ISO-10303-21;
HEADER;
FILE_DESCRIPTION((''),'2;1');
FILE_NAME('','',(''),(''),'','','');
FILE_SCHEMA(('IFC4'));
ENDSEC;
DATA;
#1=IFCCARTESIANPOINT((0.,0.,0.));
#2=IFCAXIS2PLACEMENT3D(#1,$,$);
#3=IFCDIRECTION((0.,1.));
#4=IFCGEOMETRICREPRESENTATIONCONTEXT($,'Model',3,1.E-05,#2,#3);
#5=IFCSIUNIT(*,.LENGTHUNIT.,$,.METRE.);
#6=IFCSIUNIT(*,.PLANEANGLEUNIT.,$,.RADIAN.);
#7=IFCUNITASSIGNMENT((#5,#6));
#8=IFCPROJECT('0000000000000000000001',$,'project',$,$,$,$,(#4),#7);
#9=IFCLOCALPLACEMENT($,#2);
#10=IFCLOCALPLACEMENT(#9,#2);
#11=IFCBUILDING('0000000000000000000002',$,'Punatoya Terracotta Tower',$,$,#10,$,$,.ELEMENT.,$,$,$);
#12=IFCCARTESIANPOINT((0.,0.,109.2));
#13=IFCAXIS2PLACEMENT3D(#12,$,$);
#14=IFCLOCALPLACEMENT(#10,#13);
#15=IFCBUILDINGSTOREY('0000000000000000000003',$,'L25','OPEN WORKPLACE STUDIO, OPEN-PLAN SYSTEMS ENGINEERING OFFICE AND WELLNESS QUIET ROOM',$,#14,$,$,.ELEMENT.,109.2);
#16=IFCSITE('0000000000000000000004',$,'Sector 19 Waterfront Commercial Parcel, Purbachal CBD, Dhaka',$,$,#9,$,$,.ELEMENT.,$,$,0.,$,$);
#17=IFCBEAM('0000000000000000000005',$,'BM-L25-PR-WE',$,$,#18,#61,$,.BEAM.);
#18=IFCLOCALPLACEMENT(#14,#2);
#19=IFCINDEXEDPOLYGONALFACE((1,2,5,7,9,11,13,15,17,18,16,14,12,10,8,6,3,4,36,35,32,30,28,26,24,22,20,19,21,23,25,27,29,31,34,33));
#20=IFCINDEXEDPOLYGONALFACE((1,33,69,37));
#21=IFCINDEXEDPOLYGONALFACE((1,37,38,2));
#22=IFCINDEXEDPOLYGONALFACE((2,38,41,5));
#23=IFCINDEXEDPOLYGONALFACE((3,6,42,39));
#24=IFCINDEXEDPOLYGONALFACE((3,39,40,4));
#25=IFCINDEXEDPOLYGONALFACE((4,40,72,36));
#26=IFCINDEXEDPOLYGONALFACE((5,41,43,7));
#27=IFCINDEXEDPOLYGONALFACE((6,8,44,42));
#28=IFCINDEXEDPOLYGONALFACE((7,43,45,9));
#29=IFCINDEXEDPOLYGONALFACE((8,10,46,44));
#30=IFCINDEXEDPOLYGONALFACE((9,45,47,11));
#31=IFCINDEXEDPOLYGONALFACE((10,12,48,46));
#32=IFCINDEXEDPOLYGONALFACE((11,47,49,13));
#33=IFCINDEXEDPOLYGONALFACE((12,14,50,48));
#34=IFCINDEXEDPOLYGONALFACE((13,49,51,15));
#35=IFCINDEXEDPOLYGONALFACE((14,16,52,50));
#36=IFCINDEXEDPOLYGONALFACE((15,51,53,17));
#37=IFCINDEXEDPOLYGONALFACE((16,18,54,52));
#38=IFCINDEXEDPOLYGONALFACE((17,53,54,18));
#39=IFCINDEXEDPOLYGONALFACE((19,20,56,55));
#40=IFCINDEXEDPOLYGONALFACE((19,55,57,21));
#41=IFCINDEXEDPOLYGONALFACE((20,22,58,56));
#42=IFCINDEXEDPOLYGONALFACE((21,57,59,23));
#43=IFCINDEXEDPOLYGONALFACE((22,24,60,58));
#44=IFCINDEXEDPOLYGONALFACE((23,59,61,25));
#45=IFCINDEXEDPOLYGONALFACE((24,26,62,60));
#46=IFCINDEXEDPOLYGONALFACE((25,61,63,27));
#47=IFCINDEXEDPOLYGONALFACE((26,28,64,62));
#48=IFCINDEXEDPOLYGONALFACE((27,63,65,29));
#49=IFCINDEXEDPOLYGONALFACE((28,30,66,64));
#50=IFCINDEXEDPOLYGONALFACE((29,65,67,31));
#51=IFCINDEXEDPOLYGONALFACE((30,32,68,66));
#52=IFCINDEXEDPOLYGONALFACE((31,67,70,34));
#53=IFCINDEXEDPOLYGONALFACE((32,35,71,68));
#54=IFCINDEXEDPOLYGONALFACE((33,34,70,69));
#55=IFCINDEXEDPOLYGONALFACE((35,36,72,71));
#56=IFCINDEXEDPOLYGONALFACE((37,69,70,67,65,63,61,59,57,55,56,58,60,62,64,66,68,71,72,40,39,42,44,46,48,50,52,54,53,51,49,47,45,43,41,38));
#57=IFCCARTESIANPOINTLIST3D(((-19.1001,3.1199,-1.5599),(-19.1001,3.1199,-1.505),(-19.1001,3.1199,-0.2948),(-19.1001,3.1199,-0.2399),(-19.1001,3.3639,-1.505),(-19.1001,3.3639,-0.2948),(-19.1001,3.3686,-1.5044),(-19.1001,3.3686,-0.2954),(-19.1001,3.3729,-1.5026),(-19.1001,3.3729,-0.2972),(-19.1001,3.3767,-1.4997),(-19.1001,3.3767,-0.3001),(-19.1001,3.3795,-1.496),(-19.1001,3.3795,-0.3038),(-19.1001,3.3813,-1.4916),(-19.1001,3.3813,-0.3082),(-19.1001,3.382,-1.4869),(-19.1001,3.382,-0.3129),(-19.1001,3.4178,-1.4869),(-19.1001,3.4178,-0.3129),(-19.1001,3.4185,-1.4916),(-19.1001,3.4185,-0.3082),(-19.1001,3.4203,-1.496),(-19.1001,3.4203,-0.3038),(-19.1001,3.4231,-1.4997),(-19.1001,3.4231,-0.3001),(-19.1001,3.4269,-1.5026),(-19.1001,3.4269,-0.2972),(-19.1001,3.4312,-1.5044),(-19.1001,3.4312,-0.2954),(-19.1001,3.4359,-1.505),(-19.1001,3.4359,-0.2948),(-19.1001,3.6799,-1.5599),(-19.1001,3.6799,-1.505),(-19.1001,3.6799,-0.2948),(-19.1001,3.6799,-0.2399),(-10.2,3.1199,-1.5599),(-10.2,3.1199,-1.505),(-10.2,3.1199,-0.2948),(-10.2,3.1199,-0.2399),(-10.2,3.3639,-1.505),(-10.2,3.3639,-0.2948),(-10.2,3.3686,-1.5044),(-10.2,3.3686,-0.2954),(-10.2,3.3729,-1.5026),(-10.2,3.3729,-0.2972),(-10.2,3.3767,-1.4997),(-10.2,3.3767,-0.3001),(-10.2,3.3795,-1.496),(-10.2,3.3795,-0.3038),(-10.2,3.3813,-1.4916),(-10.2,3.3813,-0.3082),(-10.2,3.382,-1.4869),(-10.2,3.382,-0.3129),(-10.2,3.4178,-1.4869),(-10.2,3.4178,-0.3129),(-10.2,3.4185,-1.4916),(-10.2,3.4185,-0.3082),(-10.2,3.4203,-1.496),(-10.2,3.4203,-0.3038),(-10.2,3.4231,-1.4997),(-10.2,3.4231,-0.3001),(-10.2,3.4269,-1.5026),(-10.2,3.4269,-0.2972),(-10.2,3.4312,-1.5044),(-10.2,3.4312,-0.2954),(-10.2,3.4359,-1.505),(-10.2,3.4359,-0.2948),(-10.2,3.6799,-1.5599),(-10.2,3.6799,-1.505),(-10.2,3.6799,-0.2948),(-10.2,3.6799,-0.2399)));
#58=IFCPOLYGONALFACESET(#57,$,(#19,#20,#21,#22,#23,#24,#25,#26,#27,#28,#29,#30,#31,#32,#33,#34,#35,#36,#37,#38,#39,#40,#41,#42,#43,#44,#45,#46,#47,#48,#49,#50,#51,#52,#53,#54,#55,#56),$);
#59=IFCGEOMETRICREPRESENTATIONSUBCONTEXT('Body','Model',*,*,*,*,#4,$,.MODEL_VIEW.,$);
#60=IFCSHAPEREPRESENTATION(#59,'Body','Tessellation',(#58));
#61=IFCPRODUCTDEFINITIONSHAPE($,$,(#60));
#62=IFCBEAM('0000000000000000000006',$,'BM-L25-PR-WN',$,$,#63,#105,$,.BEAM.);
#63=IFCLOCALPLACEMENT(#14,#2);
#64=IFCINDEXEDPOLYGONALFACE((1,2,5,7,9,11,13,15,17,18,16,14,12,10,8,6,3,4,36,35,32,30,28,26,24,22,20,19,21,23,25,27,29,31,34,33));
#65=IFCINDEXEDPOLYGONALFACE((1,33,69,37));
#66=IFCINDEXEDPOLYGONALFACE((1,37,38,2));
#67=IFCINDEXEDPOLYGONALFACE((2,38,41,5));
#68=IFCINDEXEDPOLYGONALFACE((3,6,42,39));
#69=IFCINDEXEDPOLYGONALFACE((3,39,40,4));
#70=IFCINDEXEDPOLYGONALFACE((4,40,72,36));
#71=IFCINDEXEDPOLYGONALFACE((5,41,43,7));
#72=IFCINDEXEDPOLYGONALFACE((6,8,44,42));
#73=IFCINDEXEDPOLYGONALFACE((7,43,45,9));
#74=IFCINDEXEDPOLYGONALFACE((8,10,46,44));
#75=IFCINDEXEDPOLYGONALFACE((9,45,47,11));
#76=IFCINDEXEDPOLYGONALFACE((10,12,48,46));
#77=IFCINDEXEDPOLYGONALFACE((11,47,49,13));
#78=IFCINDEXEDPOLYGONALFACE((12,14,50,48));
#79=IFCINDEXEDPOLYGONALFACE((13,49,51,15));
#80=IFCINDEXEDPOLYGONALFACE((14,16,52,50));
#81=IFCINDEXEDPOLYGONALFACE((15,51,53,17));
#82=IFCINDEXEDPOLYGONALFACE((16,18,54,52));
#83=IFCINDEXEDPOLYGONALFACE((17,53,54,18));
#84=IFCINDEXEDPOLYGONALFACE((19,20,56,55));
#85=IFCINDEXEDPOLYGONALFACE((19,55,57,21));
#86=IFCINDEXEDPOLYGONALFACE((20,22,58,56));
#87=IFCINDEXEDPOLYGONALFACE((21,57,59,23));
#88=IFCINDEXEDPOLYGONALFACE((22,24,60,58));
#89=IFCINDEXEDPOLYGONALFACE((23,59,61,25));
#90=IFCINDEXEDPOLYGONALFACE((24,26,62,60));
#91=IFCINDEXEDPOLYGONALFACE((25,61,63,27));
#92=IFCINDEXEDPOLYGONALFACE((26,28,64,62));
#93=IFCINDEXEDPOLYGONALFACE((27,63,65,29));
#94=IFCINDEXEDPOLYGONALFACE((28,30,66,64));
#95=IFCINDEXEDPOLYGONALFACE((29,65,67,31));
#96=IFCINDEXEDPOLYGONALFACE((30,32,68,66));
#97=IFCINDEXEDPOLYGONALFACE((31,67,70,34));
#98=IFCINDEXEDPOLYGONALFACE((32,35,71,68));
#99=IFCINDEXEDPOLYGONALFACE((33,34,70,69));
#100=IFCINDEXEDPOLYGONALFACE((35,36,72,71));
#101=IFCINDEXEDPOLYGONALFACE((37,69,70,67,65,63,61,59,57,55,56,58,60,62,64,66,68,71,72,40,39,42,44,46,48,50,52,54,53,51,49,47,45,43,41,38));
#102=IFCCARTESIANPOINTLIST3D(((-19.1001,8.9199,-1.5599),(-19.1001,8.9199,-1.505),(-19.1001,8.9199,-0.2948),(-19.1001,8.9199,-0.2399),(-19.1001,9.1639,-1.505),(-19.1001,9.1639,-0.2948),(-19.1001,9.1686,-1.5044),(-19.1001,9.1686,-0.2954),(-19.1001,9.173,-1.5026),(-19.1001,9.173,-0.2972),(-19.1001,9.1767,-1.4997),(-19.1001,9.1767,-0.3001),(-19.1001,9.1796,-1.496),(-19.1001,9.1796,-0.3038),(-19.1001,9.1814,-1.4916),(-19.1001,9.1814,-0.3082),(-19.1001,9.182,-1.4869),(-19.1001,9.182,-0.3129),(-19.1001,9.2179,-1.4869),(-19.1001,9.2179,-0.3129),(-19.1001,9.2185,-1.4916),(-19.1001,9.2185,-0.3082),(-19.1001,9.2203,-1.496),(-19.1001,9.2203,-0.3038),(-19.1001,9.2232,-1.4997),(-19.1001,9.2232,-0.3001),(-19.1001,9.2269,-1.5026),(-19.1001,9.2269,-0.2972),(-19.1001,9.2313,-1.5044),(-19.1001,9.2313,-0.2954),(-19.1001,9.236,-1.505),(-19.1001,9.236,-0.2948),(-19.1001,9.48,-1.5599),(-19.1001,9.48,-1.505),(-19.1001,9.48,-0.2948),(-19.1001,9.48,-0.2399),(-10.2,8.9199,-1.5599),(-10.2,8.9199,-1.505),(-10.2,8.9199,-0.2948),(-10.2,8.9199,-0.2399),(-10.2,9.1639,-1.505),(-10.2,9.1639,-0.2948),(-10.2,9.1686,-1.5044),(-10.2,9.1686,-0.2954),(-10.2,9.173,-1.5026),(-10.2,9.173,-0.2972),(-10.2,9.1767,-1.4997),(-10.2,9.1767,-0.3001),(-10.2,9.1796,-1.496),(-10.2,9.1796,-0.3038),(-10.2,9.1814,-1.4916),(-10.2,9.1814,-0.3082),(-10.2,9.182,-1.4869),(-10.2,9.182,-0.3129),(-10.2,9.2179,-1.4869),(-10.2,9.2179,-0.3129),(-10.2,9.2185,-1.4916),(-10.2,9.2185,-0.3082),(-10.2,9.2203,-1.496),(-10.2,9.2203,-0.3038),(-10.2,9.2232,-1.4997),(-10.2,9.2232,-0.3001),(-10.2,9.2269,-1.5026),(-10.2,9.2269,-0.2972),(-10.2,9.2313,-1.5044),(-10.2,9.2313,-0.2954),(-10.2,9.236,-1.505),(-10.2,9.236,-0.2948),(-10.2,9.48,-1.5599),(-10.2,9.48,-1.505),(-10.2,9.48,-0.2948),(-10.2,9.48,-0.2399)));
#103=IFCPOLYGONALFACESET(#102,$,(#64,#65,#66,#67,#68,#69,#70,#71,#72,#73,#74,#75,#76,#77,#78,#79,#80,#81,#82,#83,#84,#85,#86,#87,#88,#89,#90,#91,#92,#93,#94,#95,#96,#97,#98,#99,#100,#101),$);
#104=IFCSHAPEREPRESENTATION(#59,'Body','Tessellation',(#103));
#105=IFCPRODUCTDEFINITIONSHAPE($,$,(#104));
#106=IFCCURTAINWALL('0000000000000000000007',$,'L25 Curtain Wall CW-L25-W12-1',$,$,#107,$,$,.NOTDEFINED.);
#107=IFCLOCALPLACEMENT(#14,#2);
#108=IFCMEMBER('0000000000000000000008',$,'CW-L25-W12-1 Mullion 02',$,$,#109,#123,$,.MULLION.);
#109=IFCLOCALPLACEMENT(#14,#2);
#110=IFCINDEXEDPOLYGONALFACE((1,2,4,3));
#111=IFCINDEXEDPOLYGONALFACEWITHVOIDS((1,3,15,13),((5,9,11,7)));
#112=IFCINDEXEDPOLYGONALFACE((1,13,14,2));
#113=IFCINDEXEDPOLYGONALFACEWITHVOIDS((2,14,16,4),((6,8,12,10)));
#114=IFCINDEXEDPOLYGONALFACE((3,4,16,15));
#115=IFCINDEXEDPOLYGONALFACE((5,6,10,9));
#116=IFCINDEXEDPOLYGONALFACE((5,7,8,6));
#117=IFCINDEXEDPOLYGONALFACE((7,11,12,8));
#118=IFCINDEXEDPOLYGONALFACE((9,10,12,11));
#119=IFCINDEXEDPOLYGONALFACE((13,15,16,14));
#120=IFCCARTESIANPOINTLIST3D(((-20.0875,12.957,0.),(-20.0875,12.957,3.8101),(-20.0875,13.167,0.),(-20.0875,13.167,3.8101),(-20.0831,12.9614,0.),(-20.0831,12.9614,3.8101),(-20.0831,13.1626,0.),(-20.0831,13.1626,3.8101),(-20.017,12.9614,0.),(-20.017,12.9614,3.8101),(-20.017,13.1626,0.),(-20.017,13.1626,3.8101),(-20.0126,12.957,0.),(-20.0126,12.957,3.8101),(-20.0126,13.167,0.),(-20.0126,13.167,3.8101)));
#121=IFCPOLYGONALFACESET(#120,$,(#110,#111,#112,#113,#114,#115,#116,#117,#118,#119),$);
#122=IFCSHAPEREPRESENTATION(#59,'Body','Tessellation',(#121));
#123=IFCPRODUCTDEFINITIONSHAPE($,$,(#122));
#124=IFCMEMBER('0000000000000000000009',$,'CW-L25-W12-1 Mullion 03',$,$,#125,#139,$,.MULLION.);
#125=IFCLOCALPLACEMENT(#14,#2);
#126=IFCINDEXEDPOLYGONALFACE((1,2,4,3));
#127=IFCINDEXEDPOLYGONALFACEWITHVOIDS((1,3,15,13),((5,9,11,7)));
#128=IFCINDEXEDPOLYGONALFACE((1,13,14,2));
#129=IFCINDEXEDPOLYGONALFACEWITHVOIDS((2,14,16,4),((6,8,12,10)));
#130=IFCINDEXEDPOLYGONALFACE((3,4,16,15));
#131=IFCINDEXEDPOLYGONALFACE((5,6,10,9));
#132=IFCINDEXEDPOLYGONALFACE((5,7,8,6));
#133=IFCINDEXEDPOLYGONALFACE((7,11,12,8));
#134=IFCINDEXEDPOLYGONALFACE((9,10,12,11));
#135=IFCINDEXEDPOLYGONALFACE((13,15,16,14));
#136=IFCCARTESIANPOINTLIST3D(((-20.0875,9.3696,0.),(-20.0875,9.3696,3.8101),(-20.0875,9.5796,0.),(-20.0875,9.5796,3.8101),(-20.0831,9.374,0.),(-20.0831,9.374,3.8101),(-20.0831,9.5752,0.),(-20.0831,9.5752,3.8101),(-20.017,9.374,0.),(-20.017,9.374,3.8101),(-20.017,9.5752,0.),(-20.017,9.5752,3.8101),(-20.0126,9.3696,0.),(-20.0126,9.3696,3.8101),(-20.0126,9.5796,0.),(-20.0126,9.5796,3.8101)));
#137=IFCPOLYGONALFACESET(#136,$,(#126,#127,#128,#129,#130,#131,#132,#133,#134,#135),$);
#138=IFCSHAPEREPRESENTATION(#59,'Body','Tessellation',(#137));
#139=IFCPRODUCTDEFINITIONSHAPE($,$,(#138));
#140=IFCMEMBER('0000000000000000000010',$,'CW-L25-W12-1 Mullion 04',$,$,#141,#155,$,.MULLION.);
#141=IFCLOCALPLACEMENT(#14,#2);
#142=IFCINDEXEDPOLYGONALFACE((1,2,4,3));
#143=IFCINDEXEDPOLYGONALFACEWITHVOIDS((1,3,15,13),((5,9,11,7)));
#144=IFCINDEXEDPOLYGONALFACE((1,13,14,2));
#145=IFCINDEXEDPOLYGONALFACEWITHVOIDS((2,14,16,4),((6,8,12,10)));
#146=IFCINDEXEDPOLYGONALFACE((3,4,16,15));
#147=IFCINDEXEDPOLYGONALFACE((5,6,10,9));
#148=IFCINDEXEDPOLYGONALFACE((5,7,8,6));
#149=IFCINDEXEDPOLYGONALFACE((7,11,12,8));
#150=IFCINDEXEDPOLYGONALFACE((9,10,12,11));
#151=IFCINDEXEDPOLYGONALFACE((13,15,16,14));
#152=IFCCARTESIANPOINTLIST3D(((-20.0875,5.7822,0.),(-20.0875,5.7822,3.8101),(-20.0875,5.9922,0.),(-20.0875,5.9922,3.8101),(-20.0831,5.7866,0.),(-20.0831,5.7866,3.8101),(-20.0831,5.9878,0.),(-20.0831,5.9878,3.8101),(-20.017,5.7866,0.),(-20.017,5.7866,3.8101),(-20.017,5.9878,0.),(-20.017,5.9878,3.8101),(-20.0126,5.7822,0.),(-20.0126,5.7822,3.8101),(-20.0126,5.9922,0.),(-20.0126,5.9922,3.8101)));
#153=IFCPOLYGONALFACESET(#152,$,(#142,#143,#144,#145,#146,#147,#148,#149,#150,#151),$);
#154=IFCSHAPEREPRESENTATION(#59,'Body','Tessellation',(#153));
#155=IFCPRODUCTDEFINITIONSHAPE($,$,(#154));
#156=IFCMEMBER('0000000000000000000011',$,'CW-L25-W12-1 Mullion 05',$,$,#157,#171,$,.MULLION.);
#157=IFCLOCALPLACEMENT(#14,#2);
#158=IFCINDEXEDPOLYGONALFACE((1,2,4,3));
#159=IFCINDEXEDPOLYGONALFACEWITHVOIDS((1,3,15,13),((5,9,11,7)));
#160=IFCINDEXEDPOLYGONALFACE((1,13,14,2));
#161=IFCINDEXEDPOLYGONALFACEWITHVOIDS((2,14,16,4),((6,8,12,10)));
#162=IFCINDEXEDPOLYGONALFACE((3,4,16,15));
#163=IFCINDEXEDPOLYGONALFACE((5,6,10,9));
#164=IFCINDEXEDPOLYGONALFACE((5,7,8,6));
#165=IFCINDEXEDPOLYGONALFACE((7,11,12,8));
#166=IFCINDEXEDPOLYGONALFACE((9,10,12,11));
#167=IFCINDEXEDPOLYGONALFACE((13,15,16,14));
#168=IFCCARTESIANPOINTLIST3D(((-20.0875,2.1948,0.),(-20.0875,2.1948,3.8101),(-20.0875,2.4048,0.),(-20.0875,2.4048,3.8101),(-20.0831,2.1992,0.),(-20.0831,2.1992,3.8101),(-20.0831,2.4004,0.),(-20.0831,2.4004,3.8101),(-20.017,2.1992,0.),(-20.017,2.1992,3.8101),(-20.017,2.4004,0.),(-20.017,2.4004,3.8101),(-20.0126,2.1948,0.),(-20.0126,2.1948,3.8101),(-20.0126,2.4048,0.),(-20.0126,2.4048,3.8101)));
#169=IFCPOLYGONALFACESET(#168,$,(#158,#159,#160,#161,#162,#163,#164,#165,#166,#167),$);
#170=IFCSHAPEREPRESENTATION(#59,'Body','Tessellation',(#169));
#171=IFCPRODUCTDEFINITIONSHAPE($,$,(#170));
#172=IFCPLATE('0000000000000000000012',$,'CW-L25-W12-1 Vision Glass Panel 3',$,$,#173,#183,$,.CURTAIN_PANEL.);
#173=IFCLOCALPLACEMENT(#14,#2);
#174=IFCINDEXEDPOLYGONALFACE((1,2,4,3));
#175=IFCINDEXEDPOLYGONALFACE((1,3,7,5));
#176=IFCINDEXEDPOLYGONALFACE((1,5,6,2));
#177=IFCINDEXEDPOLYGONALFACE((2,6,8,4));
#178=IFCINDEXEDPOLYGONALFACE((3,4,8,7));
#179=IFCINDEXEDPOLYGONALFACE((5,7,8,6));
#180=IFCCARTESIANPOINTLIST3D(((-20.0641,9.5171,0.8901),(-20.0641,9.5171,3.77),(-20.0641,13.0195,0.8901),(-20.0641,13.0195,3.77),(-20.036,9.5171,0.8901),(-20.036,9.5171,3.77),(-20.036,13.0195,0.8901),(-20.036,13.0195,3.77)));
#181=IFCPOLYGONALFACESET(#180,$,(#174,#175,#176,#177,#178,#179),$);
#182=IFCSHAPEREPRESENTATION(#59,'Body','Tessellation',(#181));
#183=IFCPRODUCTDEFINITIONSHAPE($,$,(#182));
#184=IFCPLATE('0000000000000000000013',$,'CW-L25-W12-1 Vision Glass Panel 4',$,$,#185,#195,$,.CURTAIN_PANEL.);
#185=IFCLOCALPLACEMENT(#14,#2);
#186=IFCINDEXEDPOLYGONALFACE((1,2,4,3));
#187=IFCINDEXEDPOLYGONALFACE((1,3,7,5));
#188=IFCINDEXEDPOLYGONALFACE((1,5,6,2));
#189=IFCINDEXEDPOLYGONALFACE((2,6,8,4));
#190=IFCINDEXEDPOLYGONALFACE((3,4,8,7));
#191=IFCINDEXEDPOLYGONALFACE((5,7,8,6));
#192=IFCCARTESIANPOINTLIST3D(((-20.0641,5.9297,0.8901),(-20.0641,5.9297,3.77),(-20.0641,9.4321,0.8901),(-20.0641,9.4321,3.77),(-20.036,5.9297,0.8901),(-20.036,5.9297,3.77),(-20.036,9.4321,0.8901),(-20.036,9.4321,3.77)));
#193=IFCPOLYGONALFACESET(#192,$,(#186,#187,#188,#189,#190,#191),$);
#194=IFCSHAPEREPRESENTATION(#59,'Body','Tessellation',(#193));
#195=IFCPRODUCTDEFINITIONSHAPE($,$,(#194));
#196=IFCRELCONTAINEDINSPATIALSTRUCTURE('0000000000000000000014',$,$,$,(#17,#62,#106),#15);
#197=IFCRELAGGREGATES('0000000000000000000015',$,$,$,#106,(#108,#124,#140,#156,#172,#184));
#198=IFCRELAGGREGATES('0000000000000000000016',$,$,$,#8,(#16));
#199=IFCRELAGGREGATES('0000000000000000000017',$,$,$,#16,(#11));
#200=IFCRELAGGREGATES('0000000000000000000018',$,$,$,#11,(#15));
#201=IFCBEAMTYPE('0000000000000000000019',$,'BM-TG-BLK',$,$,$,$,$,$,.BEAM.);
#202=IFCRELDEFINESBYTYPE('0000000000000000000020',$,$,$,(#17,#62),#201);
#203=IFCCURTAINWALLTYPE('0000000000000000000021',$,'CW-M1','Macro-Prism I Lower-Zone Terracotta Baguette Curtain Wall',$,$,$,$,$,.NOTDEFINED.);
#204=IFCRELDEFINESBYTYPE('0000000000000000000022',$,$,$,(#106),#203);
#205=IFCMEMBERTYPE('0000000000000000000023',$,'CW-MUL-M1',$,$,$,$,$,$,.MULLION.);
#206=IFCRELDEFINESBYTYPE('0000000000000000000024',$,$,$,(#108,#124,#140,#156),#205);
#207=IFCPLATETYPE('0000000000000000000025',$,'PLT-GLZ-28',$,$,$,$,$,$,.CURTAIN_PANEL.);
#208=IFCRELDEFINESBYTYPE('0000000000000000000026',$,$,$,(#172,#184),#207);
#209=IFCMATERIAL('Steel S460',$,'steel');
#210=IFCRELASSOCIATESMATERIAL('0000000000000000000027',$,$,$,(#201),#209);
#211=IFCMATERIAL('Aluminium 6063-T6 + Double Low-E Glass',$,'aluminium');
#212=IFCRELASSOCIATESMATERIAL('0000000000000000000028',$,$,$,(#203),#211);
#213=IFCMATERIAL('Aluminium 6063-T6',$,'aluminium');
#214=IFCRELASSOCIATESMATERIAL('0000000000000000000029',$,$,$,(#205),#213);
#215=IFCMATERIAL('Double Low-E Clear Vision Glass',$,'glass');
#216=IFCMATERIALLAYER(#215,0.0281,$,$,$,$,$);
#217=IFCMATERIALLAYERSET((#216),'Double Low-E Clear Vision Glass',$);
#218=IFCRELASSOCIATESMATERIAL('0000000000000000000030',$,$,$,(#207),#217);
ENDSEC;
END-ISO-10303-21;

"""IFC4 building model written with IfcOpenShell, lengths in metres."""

from ifc_helpers import new_model, si_unit, direction, frame, origin, origin_2d, place, context, subcontext, project, spatial, rectangle, hollow_rectangle, i_section, extrude, material, layer, layer_set, material_profile, profile_set, type_object, element, aggregate, save


model = new_model("IFC4")

# Units and contexts
model_context = context("Model", 3, precision=1e-05, world=origin(), true_north=direction((0.0, 1.0)))
body_context = subcontext(model_context, "Body", "Model", "MODEL_VIEW")
ifc_project = project(units=[si_unit("LENGTHUNIT", "METRE"), si_unit("PLANEANGLEUNIT", "RADIAN")], contexts=[model_context])

# Site, building, storey
site_placement = place(None, origin())
site = spatial("IfcSite", under=ifc_project, at=site_placement, Name="Sector 19 Waterfront Commercial Parcel, Purbachal CBD, Dhaka", CompositionType="ELEMENT", RefElevation=0.0)
building_placement = place(site_placement, origin())
building = spatial("IfcBuilding", under=site, at=building_placement, Name="Punatoya Terracotta Tower", CompositionType="ELEMENT")
storey_placement = place(building_placement, frame((0.0, 0.0, 109.2)))
storey = spatial("IfcBuildingStorey", under=building, at=storey_placement, Name="L25", Description="OPEN WORKPLACE STUDIO, OPEN-PLAN SYSTEMS ENGINEERING OFFICE AND WELLNESS QUIET ROOM", CompositionType="ELEMENT", Elevation=109.2)

# Shared definitions
ifc_material_1 = material(Name="Steel S460", Category="steel")

# Beams
ifc_material_profile_1 = material_profile(ifc_material_1, i_section(OverallWidth=0.5601, OverallDepth=1.3201, WebThickness=0.0359, FlangeThickness=0.0549, FilletRadius=0.0181, at=origin_2d()))
ifc_profile_set_1 = profile_set([ifc_material_profile_1], Name="Steel S460")
beam_type_1 = type_object("IfcBeamType", Name="BM-TG-BLK", PredefinedType="BEAM", material=ifc_profile_set_1)
for number, where, z_axis, x_axis, name in (
    (1, (-19.1001, 3.3999, -0.8999), (1.0, 0.0, 0.0), (0.0, 1.0, 0.0), "BM-L25-PR-WE"),
    (2, (-19.1001, 9.2, -0.8999), (1.0, 0.0, 0.0), (0.0, 1.0, 0.0), "BM-L25-PR-WN"),
):
    element("IfcBeam", number, at=place(storey_placement, frame(where, z_axis=z_axis, x_axis=x_axis)), inside=storey, type_object=beam_type_1, Name=name, PredefinedType="BEAM", context=body_context, shape_type="SweptSolid", body=[
        extrude(i_section(OverallWidth=0.5601, OverallDepth=1.3201, WebThickness=0.0359, FlangeThickness=0.0549, FilletRadius=0.0181, at=origin_2d()), origin(), (0.0, 0.0, 1.0), 8.9001),
    ])

# Curtain wall, members, plates
ifc_material_2 = material(Name="Aluminium 6063-T6 + Double Low-E Glass", Category="aluminium")
curtain_wall_type = type_object("IfcCurtainWallType", Name="CW-M1", Description="Macro-Prism I Lower-Zone Terracotta Baguette Curtain Wall", PredefinedType="NOTDEFINED", material=ifc_material_2)
curtain_wall_placement = place(storey_placement, origin())
curtain_wall = element("IfcCurtainWall", 3, at=curtain_wall_placement, inside=storey, type_object=curtain_wall_type, Name="L25 Curtain Wall CW-L25-W12-1", PredefinedType="NOTDEFINED")
ifc_material_3 = material(Name="Aluminium 6063-T6", Category="aluminium")
ifc_material_profile_2 = material_profile(ifc_material_3, hollow_rectangle(XDim=0.075, YDim=0.21, WallThickness=0.0044, at=origin_2d()))
ifc_profile_set_2 = profile_set([ifc_material_profile_2], Name="Aluminium 6063-T6")
member_type = type_object("IfcMemberType", Name="CW-MUL-M1", PredefinedType="MULLION", material=ifc_profile_set_2)
member_1_placement = place(storey_placement, frame((-20.05, 13.062, 0.0), z_axis=(0.0, 0.0, 1.0), x_axis=(1.0, 0.0, 0.0)))
member_1 = element("IfcMember", 4, at=member_1_placement, type_object=member_type, Name="CW-L25-W12-1 Mullion 02", PredefinedType="MULLION", context=body_context, shape_type="SweptSolid", body=[
    extrude(hollow_rectangle(XDim=0.075, YDim=0.21, WallThickness=0.0044, at=origin_2d()), origin(), (0.0, 0.0, 1.0), 3.8101),
])
member_2_placement = place(storey_placement, frame((-20.05, 9.4746, 0.0), z_axis=(0.0, 0.0, 1.0), x_axis=(1.0, 0.0, 0.0)))
member_2 = element("IfcMember", 5, at=member_2_placement, type_object=member_type, Name="CW-L25-W12-1 Mullion 03", PredefinedType="MULLION", context=body_context, shape_type="SweptSolid", body=[
    extrude(hollow_rectangle(XDim=0.075, YDim=0.21, WallThickness=0.0044, at=origin_2d()), origin(), (0.0, 0.0, 1.0), 3.8101),
])
member_3_placement = place(storey_placement, frame((-20.05, 5.8872, 0.0), z_axis=(0.0, 0.0, 1.0), x_axis=(1.0, 0.0, 0.0)))
member_3 = element("IfcMember", 6, at=member_3_placement, type_object=member_type, Name="CW-L25-W12-1 Mullion 04", PredefinedType="MULLION", context=body_context, shape_type="SweptSolid", body=[
    extrude(hollow_rectangle(XDim=0.075, YDim=0.21, WallThickness=0.0044, at=origin_2d()), origin(), (0.0, 0.0, 1.0), 3.8101),
])
member_4_placement = place(storey_placement, frame((-20.05, 2.2998, 0.0), z_axis=(0.0, 0.0, 1.0), x_axis=(1.0, 0.0, 0.0)))
member_4 = element("IfcMember", 7, at=member_4_placement, type_object=member_type, Name="CW-L25-W12-1 Mullion 05", PredefinedType="MULLION", context=body_context, shape_type="SweptSolid", body=[
    extrude(hollow_rectangle(XDim=0.075, YDim=0.21, WallThickness=0.0044, at=origin_2d()), origin(), (0.0, 0.0, 1.0), 3.8101),
])
ifc_material_4 = material(Name="Double Low-E Clear Vision Glass", Category="glass")
ifc_layer_1 = layer(ifc_material_4, 0.0281)
ifc_layer_set_1 = layer_set([ifc_layer_1], Name="Double Low-E Clear Vision Glass")
plate_type_1 = type_object("IfcPlateType", Name="PLT-GLZ-28", PredefinedType="CURTAIN_PANEL", material=ifc_layer_set_1)
plate_1_placement = place(storey_placement, frame((-20.05, 11.2683, 0.8901), z_axis=(0.0, 0.0, 1.0), x_axis=(0.0, -1.0, 0.0)))
plate_1 = element("IfcPlate", 8, at=plate_1_placement, type_object=plate_type_1, Name="CW-L25-W12-1 Vision Glass Panel 3", PredefinedType="CURTAIN_PANEL", context=body_context, shape_type="SweptSolid", body=[
    extrude(rectangle(XDim=3.5024, YDim=0.0281, at=origin_2d()), origin(), (0.0, 0.0, 1.0), 2.8799),
])
plate_2_placement = place(storey_placement, frame((-20.05, 7.6809, 0.8901), z_axis=(0.0, 0.0, 1.0), x_axis=(0.0, -1.0, 0.0)))
plate_2 = element("IfcPlate", 9, at=plate_2_placement, type_object=plate_type_1, Name="CW-L25-W12-1 Vision Glass Panel 4", PredefinedType="CURTAIN_PANEL", context=body_context, shape_type="SweptSolid", body=[
    extrude(rectangle(XDim=3.5024, YDim=0.0281, at=origin_2d()), origin(), (0.0, 0.0, 1.0), 2.8799),
])
aggregate(curtain_wall, [member_1, member_2, member_3, member_4, plate_1, plate_2])

save(model, "model.ifc")
